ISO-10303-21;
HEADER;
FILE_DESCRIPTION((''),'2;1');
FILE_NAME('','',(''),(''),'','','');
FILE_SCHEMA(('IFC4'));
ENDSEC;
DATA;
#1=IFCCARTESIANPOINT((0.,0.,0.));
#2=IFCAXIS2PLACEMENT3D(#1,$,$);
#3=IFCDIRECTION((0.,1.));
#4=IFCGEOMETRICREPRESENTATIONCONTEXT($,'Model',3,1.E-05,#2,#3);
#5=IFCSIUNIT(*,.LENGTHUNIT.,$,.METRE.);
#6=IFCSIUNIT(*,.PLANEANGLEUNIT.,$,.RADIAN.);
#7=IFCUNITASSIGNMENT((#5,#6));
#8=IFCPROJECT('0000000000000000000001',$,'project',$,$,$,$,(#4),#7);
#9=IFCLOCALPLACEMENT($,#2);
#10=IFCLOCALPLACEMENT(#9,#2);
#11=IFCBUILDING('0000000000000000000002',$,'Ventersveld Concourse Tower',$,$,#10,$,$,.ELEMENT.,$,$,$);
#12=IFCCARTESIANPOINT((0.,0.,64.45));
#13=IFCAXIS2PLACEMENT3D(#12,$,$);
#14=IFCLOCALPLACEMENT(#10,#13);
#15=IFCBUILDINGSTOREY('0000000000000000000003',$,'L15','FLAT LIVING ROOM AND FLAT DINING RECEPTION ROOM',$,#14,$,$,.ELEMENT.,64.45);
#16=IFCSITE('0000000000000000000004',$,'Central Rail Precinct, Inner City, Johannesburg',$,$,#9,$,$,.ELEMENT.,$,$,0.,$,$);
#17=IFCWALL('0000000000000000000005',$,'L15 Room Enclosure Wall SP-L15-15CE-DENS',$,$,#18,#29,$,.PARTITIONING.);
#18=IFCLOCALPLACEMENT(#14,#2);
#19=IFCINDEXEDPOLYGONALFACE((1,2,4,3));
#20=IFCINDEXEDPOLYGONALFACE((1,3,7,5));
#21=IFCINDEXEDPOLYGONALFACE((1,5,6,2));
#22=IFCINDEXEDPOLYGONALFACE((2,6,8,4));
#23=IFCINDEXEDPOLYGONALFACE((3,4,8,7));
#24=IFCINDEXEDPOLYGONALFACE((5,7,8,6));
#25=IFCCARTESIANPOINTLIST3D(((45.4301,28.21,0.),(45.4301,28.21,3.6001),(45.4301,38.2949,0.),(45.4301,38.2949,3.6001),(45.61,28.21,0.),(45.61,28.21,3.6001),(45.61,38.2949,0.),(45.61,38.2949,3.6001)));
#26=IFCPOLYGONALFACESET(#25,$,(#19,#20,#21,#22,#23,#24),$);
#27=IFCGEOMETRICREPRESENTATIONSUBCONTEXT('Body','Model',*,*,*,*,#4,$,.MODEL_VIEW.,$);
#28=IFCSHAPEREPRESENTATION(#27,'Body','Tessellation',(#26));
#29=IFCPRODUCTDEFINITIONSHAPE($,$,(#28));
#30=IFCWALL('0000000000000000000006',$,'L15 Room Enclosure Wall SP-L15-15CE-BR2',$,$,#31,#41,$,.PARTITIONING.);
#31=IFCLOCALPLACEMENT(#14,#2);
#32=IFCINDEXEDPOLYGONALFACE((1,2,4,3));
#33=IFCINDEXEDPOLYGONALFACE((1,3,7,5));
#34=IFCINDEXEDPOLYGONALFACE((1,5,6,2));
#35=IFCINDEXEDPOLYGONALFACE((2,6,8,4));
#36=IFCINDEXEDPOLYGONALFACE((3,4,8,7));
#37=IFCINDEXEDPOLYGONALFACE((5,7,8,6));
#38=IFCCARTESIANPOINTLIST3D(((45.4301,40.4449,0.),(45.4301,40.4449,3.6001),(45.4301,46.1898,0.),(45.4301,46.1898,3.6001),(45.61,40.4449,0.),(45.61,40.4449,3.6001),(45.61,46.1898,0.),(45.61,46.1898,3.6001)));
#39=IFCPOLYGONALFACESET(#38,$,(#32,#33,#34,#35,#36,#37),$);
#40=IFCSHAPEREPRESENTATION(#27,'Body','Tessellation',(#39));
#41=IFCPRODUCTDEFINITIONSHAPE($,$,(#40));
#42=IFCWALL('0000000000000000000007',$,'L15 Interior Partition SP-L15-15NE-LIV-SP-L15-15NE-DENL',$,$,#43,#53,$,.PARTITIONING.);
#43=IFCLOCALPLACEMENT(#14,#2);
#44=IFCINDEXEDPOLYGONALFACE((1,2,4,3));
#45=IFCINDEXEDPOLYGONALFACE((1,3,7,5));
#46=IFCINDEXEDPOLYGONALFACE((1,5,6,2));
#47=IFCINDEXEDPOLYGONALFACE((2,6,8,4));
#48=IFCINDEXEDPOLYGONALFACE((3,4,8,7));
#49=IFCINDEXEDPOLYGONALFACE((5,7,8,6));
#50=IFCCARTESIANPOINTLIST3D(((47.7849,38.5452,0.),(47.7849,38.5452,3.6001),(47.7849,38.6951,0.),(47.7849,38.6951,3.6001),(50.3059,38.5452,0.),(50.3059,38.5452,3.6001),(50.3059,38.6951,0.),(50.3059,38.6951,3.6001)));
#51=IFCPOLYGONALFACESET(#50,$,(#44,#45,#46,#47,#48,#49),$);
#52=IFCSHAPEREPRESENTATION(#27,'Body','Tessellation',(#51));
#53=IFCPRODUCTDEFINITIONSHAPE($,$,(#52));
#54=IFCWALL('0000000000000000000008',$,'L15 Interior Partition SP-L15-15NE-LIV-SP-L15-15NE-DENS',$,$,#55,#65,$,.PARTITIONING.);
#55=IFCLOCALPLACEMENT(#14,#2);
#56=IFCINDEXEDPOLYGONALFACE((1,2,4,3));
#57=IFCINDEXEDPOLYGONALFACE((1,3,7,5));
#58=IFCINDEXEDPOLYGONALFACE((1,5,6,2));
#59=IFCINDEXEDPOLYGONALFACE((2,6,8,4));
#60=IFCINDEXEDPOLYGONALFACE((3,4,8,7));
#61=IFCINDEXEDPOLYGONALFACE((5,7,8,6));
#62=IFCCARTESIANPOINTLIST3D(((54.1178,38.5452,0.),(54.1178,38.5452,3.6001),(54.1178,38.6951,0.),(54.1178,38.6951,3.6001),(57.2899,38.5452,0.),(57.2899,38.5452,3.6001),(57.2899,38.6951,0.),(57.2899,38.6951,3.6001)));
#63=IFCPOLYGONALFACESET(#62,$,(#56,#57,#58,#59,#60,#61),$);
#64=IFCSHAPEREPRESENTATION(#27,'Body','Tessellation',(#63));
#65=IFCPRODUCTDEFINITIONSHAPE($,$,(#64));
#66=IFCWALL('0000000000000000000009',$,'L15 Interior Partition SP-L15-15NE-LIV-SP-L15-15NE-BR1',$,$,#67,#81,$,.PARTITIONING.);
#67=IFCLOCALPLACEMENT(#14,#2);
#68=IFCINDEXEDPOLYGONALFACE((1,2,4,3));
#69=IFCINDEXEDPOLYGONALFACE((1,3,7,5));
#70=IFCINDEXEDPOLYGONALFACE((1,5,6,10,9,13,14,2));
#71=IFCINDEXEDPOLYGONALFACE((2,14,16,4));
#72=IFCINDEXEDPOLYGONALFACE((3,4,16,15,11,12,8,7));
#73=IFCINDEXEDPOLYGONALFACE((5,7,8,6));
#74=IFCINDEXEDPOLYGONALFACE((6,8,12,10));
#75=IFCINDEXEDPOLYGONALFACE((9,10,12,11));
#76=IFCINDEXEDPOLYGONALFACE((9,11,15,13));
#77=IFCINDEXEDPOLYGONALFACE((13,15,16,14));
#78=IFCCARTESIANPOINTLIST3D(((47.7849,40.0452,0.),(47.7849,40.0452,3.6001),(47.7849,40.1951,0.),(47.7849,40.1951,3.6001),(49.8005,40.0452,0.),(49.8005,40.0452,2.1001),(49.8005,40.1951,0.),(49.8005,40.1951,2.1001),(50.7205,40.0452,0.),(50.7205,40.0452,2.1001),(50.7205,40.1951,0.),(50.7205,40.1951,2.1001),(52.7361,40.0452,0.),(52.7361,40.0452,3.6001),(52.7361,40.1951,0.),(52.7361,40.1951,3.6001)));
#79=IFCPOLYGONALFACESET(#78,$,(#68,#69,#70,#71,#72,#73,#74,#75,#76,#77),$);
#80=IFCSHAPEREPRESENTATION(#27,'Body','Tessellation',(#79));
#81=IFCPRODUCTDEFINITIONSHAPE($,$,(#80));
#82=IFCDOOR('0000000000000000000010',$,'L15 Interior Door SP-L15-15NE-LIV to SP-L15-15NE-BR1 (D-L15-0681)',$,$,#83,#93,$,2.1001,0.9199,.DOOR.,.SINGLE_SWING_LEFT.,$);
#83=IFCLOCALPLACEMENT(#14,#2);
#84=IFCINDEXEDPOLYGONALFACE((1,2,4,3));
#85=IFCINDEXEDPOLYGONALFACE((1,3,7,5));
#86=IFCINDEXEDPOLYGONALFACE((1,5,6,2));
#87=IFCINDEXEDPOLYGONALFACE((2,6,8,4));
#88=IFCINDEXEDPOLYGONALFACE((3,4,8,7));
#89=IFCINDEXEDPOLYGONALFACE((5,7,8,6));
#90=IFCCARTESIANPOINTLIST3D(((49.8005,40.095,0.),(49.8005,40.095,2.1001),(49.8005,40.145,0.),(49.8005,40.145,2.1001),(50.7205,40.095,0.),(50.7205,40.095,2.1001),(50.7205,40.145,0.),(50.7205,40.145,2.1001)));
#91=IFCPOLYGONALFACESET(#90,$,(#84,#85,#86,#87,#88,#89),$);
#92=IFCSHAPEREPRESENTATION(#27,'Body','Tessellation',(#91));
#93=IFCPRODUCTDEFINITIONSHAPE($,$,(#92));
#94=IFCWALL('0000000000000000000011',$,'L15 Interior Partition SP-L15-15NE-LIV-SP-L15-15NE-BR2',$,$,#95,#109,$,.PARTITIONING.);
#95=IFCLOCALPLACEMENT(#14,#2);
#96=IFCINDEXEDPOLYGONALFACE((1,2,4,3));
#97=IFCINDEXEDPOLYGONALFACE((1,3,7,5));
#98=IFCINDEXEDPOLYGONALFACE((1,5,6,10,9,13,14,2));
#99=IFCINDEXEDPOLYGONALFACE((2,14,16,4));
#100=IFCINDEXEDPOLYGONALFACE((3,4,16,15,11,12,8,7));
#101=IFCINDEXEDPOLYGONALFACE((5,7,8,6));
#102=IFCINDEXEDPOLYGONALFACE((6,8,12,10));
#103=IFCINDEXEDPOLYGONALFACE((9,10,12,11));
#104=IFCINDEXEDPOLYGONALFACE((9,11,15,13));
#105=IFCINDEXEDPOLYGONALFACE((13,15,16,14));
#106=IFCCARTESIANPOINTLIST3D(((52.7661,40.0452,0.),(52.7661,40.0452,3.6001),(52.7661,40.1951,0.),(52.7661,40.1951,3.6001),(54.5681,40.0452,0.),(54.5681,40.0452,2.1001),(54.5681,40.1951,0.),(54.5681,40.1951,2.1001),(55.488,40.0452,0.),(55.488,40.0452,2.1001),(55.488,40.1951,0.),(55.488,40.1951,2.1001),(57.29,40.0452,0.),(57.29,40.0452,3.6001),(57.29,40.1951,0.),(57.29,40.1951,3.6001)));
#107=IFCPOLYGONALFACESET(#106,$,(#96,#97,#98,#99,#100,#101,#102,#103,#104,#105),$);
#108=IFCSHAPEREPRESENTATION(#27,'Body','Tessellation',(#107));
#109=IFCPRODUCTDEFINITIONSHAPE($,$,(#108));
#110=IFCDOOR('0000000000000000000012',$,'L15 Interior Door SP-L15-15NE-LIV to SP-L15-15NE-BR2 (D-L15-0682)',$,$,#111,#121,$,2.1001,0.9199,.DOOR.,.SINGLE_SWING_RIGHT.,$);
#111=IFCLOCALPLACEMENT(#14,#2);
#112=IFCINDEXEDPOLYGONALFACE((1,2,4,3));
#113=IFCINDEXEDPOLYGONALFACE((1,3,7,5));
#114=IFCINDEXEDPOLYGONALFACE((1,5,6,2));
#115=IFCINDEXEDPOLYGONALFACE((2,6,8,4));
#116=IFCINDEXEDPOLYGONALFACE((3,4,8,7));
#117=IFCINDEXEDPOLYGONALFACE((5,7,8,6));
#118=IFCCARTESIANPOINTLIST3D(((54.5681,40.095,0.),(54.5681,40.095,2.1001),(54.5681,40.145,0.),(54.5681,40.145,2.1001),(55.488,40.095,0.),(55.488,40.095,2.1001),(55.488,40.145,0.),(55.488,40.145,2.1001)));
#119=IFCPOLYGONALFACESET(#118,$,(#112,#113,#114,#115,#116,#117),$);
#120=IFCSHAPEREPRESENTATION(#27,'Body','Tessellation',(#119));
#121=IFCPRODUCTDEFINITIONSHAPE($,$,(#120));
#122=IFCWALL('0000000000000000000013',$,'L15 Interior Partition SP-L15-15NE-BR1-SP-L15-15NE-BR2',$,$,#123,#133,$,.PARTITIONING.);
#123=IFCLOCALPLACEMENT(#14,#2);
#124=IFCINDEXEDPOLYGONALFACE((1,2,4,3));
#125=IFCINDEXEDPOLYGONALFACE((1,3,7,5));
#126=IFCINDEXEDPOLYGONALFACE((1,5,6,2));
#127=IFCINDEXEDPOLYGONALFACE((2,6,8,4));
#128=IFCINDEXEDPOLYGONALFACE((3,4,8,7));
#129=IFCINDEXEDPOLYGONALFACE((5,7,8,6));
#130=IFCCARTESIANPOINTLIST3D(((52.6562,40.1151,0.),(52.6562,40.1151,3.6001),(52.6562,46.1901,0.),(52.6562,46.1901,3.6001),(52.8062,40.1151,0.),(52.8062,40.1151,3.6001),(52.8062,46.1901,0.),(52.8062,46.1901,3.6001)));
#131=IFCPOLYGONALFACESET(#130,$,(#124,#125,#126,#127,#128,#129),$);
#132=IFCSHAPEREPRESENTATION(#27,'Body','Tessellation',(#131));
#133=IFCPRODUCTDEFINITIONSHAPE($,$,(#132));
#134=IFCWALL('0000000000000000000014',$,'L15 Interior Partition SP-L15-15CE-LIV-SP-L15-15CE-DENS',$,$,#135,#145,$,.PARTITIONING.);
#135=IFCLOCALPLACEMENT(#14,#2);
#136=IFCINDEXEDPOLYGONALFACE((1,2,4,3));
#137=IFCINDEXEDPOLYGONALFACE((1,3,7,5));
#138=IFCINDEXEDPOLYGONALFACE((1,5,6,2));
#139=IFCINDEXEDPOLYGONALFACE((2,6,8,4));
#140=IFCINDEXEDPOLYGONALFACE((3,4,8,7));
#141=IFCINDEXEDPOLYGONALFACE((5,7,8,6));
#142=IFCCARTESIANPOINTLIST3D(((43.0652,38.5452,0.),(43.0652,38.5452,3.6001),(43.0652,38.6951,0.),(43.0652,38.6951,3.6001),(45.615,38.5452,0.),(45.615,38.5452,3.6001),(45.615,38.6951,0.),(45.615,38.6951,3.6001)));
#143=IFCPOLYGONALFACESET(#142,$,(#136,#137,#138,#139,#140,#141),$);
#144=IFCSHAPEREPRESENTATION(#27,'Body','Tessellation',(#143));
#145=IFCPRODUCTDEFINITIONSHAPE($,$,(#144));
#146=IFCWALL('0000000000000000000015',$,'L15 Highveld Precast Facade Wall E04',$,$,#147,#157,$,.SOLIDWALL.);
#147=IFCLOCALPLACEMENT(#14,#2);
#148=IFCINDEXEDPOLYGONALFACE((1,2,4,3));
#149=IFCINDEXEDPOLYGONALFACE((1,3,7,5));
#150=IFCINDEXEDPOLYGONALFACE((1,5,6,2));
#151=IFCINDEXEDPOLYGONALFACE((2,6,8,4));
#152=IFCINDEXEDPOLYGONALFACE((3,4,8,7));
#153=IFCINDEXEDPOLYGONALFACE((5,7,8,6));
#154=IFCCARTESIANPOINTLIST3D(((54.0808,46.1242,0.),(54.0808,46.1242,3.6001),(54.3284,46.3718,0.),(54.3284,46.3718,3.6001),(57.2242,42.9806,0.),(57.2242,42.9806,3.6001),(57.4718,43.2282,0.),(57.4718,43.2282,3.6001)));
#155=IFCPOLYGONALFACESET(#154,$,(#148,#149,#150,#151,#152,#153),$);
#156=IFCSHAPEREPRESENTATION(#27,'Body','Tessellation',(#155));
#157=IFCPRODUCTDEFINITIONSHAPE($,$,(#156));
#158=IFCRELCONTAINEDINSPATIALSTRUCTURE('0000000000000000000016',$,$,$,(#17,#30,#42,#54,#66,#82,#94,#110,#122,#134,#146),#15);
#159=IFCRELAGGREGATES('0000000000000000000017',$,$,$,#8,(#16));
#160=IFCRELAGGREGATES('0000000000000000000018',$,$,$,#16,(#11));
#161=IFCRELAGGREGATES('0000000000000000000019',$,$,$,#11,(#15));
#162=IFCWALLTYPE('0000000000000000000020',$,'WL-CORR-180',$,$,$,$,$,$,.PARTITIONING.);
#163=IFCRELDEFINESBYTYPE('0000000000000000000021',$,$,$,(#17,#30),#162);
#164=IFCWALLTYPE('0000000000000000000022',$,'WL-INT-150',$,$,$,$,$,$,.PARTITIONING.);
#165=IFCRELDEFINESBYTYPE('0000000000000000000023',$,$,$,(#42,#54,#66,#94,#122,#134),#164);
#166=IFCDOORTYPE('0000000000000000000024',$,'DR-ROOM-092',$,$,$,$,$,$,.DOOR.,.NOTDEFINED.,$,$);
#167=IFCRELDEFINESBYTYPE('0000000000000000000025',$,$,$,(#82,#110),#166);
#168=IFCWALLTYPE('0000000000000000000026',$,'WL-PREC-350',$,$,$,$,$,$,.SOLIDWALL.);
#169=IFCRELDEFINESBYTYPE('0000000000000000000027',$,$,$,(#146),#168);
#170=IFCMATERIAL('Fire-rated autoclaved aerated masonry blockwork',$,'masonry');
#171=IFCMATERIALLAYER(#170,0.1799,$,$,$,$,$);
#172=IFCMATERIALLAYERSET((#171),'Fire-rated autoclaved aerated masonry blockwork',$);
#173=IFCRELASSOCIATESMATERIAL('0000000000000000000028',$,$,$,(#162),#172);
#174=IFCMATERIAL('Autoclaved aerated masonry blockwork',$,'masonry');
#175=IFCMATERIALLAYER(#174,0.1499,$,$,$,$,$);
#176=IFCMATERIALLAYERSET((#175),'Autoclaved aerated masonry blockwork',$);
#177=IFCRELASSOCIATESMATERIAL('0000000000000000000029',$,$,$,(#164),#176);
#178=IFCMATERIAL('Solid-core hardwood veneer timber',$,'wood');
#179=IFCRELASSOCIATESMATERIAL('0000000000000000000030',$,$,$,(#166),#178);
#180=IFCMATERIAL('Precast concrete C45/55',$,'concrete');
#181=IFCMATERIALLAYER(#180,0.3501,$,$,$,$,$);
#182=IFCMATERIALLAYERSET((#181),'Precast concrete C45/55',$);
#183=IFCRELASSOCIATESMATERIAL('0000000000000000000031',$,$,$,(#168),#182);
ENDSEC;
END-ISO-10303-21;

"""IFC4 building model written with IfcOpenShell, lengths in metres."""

from ifc_helpers import new_model, si_unit, direction, frame, frame_2d, origin, place, context, subcontext, project, spatial, rectangle, extrude, material, layer, layer_set, type_object, element, fill, save


model = new_model("IFC4")

# Units and contexts
model_context = context("Model", 3, precision=1e-05, world=origin(), true_north=direction((0.0, 1.0)))
body_context = subcontext(model_context, "Body", "Model", "MODEL_VIEW")
ifc_project = project(units=[si_unit("LENGTHUNIT", "METRE"), si_unit("PLANEANGLEUNIT", "RADIAN")], contexts=[model_context])

# Site, building, storey
site_placement = place(None, origin())
site = spatial("IfcSite", under=ifc_project, at=site_placement, Name="Central Rail Precinct, Inner City, Johannesburg", CompositionType="ELEMENT", RefElevation=0.0)
building_placement = place(site_placement, origin())
building = spatial("IfcBuilding", under=site, at=building_placement, Name="Ventersveld Concourse Tower", CompositionType="ELEMENT")
storey_placement = place(building_placement, frame((0.0, 0.0, 64.45)))
storey = spatial("IfcBuildingStorey", under=building, at=storey_placement, Name="L15", Description="FLAT LIVING ROOM AND FLAT DINING RECEPTION ROOM", CompositionType="ELEMENT", Elevation=64.45)

# Walls
ifc_material_1 = material(Name="Fire-rated autoclaved aerated masonry blockwork", Category="masonry")
ifc_layer_1 = layer(ifc_material_1, 0.1799)
ifc_layer_set_1 = layer_set([ifc_layer_1], Name="Fire-rated autoclaved aerated masonry blockwork")
wall_type_1 = type_object("IfcWallType", Name="WL-CORR-180", PredefinedType="PARTITIONING", material=ifc_layer_set_1)
wall_1_placement = place(storey_placement, frame((45.52, 38.2949, 0.0), z_axis=(0.0, 0.0, 1.0), x_axis=(0.0, -1.0, 0.0)))
element("IfcWall", 1, at=wall_1_placement, inside=storey, type_object=wall_type_1, Name="L15 Room Enclosure Wall SP-L15-15CE-DENS", PredefinedType="PARTITIONING", context=body_context, shape_type="SweptSolid", body=[
    extrude(rectangle(XDim=10.085, YDim=0.1799, at=frame_2d((5.0425, 0.0))), origin(), (0.0, 0.0, 1.0), 3.6001),
])
wall_2_placement = place(storey_placement, frame((45.52, 46.1899, 0.0), z_axis=(0.0, 0.0, 1.0), x_axis=(0.0, -1.0, 0.0)))
element("IfcWall", 2, at=wall_2_placement, inside=storey, type_object=wall_type_1, Name="L15 Room Enclosure Wall SP-L15-15CE-BR2", PredefinedType="PARTITIONING", context=body_context, shape_type="SweptSolid", body=[
    extrude(rectangle(XDim=5.7449, YDim=0.1799, at=frame_2d((2.8726, 0.0))), origin(), (0.0, 0.0, 1.0), 3.6001),
])
ifc_material_2 = material(Name="Autoclaved aerated masonry blockwork", Category="masonry")
ifc_layer_2 = layer(ifc_material_2, 0.1499)
ifc_layer_set_2 = layer_set([ifc_layer_2], Name="Autoclaved aerated masonry blockwork")
wall_type_2 = type_object("IfcWallType", Name="WL-INT-150", PredefinedType="PARTITIONING", material=ifc_layer_set_2)
wall_3_placement = place(storey_placement, frame((47.7849, 38.6201, 0.0), z_axis=(0.0, 0.0, 1.0), x_axis=(1.0, 0.0, 0.0)))
element("IfcWall", 3, at=wall_3_placement, inside=storey, type_object=wall_type_2, Name="L15 Interior Partition SP-L15-15NE-LIV-SP-L15-15NE-DENL", PredefinedType="PARTITIONING", context=body_context, shape_type="SweptSolid", body=[
    extrude(rectangle(XDim=2.521, YDim=0.1499, at=frame_2d((1.2605, 0.0))), origin(), (0.0, 0.0, 1.0), 3.6001),
])
wall_4_placement = place(storey_placement, frame((54.1179, 38.6201, 0.0), z_axis=(0.0, 0.0, 1.0), x_axis=(1.0, 0.0, 0.0)))
element("IfcWall", 4, at=wall_4_placement, inside=storey, type_object=wall_type_2, Name="L15 Interior Partition SP-L15-15NE-LIV-SP-L15-15NE-DENS", PredefinedType="PARTITIONING", context=body_context, shape_type="SweptSolid", body=[
    extrude(rectangle(XDim=3.1721, YDim=0.1499, at=frame_2d((1.5859, 0.0))), origin(), (0.0, 0.0, 1.0), 3.6001),
])

# Walls, openings, doors
wall_5_placement = place(storey_placement, frame((47.7849, 40.1201, 0.0), z_axis=(0.0, 0.0, 1.0), x_axis=(1.0, 0.0, 0.0)))
wall_5 = element("IfcWall", 5, at=wall_5_placement, inside=storey, type_object=wall_type_2, Name="L15 Interior Partition SP-L15-15NE-LIV-SP-L15-15NE-BR1", PredefinedType="PARTITIONING", context=body_context, shape_type="SweptSolid", body=[
    extrude(rectangle(XDim=4.9512, YDim=0.1499, at=frame_2d((2.4756, 0.0))), origin(), (0.0, 0.0, 1.0), 3.6001),
])
opening_1_placement = place(wall_5_placement, frame((2.0156, 0.0, 0.0)))
opening_1 = element("IfcOpeningElement", 6, at=opening_1_placement, cuts=wall_5, PredefinedType="OPENING", context=body_context, shape_type="SweptSolid", body=[
    extrude(rectangle(XDim=0.9199, YDim=2.1001, at=frame_2d((0.46, 1.05))), frame((0.0, 0.085, 0.0), z_axis=(0.0, -1.0, 0.0), x_axis=(1.0, 0.0, 0.0)), (0.0, 0.0, 1.0), 0.1699),
])
ifc_material_3 = material(Name="Solid-core hardwood veneer timber", Category="wood")
door_type = type_object("IfcDoorType", Name="DR-ROOM-092", OperationType="NOTDEFINED", PredefinedType="DOOR", material=ifc_material_3)
door_1_placement = place(opening_1_placement, origin())
door_1 = element("IfcDoor", 7, at=door_1_placement, inside=storey, type_object=door_type, Name="L15 Interior Door SP-L15-15NE-LIV to SP-L15-15NE-BR1 (D-L15-0681)", OperationType="SINGLE_SWING_LEFT", OverallHeight=2.1001, OverallWidth=0.9199, PredefinedType="DOOR", context=body_context, shape_type="SweptSolid", body=[
    extrude(rectangle(XDim=0.9199, YDim=2.1001, at=frame_2d((0.46, 1.05))), frame((0.0, 0.0249, 0.0), z_axis=(0.0, -1.0, 0.0), x_axis=(1.0, 0.0, 0.0)), (0.0, 0.0, 1.0), 0.05),
])
fill(opening_1, door_1)
wall_6_placement = place(storey_placement, frame((52.7661, 40.1201, 0.0), z_axis=(0.0, 0.0, 1.0), x_axis=(1.0, 0.0, 0.0)))
wall_6 = element("IfcWall", 8, at=wall_6_placement, inside=storey, type_object=wall_type_2, Name="L15 Interior Partition SP-L15-15NE-LIV-SP-L15-15NE-BR2", PredefinedType="PARTITIONING", context=body_context, shape_type="SweptSolid", body=[
    extrude(rectangle(XDim=4.5239, YDim=0.1499, at=frame_2d((2.262, 0.0))), origin(), (0.0, 0.0, 1.0), 3.6001),
])
opening_2_placement = place(wall_6_placement, frame((1.802, 0.0, 0.0)))
opening_2 = element("IfcOpeningElement", 9, at=opening_2_placement, cuts=wall_6, PredefinedType="OPENING", context=body_context, shape_type="SweptSolid", body=[
    extrude(rectangle(XDim=0.9199, YDim=2.1001, at=frame_2d((0.46, 1.05))), frame((0.0, 0.085, 0.0), z_axis=(0.0, -1.0, 0.0), x_axis=(1.0, 0.0, 0.0)), (0.0, 0.0, 1.0), 0.1699),
])
door_2_placement = place(opening_2_placement, origin())
door_2 = element("IfcDoor", 10, at=door_2_placement, inside=storey, type_object=door_type, Name="L15 Interior Door SP-L15-15NE-LIV to SP-L15-15NE-BR2 (D-L15-0682)", OperationType="SINGLE_SWING_RIGHT", OverallHeight=2.1001, OverallWidth=0.9199, PredefinedType="DOOR", context=body_context, shape_type="SweptSolid", body=[
    extrude(rectangle(XDim=0.9199, YDim=2.1001, at=frame_2d((0.46, 1.05))), frame((0.0, 0.0249, 0.0), z_axis=(0.0, -1.0, 0.0), x_axis=(1.0, 0.0, 0.0)), (0.0, 0.0, 1.0), 0.05),
])
fill(opening_2, door_2)

# Walls
wall_7_placement = place(storey_placement, frame((52.7312, 40.115, 0.0), z_axis=(0.0, 0.0, 1.0), x_axis=(0.0, 1.0, 0.0)))
element("IfcWall", 11, at=wall_7_placement, inside=storey, type_object=wall_type_2, Name="L15 Interior Partition SP-L15-15NE-BR1-SP-L15-15NE-BR2", PredefinedType="PARTITIONING", context=body_context, shape_type="SweptSolid", body=[
    extrude(rectangle(XDim=6.075, YDim=0.1499, at=frame_2d((3.0376, 0.0))), origin(), (0.0, 0.0, 1.0), 3.6001),
])
wall_8_placement = place(storey_placement, frame((43.0652, 38.6201, 0.0), z_axis=(0.0, 0.0, 1.0), x_axis=(1.0, 0.0, 0.0)))
element("IfcWall", 12, at=wall_8_placement, inside=storey, type_object=wall_type_2, Name="L15 Interior Partition SP-L15-15CE-LIV-SP-L15-15CE-DENS", PredefinedType="PARTITIONING", context=body_context, shape_type="SweptSolid", body=[
    extrude(rectangle(XDim=2.5498, YDim=0.1499, at=frame_2d((1.2749, 0.0))), origin(), (0.0, 0.0, 1.0), 3.6001),
])
ifc_material_4 = material(Name="Precast concrete C45/55", Category="concrete")
ifc_layer_3 = layer(ifc_material_4, 0.3501)
ifc_layer_set_3 = layer_set([ifc_layer_3], Name="Precast concrete C45/55")
wall_type_3 = type_object("IfcWallType", Name="WL-PREC-350", PredefinedType="SOLIDWALL", material=ifc_layer_set_3)
wall_9_placement = place(storey_placement, frame((57.3479, 43.1045, 0.0), z_axis=(0.0, 0.0, 1.0), x_axis=(-0.707079, 0.707134, 0.0)))
element("IfcWall", 13, at=wall_9_placement, inside=storey, type_object=wall_type_3, Name="L15 Highveld Precast Facade Wall E04", PredefinedType="SOLIDWALL", context=body_context, shape_type="SweptSolid", body=[
    extrude(rectangle(XDim=4.4456, YDim=0.3501, at=frame_2d((2.2227, 0.0))), origin(), (0.0, 0.0, 1.0), 3.6001),
])

save(model, "model.ifc")
